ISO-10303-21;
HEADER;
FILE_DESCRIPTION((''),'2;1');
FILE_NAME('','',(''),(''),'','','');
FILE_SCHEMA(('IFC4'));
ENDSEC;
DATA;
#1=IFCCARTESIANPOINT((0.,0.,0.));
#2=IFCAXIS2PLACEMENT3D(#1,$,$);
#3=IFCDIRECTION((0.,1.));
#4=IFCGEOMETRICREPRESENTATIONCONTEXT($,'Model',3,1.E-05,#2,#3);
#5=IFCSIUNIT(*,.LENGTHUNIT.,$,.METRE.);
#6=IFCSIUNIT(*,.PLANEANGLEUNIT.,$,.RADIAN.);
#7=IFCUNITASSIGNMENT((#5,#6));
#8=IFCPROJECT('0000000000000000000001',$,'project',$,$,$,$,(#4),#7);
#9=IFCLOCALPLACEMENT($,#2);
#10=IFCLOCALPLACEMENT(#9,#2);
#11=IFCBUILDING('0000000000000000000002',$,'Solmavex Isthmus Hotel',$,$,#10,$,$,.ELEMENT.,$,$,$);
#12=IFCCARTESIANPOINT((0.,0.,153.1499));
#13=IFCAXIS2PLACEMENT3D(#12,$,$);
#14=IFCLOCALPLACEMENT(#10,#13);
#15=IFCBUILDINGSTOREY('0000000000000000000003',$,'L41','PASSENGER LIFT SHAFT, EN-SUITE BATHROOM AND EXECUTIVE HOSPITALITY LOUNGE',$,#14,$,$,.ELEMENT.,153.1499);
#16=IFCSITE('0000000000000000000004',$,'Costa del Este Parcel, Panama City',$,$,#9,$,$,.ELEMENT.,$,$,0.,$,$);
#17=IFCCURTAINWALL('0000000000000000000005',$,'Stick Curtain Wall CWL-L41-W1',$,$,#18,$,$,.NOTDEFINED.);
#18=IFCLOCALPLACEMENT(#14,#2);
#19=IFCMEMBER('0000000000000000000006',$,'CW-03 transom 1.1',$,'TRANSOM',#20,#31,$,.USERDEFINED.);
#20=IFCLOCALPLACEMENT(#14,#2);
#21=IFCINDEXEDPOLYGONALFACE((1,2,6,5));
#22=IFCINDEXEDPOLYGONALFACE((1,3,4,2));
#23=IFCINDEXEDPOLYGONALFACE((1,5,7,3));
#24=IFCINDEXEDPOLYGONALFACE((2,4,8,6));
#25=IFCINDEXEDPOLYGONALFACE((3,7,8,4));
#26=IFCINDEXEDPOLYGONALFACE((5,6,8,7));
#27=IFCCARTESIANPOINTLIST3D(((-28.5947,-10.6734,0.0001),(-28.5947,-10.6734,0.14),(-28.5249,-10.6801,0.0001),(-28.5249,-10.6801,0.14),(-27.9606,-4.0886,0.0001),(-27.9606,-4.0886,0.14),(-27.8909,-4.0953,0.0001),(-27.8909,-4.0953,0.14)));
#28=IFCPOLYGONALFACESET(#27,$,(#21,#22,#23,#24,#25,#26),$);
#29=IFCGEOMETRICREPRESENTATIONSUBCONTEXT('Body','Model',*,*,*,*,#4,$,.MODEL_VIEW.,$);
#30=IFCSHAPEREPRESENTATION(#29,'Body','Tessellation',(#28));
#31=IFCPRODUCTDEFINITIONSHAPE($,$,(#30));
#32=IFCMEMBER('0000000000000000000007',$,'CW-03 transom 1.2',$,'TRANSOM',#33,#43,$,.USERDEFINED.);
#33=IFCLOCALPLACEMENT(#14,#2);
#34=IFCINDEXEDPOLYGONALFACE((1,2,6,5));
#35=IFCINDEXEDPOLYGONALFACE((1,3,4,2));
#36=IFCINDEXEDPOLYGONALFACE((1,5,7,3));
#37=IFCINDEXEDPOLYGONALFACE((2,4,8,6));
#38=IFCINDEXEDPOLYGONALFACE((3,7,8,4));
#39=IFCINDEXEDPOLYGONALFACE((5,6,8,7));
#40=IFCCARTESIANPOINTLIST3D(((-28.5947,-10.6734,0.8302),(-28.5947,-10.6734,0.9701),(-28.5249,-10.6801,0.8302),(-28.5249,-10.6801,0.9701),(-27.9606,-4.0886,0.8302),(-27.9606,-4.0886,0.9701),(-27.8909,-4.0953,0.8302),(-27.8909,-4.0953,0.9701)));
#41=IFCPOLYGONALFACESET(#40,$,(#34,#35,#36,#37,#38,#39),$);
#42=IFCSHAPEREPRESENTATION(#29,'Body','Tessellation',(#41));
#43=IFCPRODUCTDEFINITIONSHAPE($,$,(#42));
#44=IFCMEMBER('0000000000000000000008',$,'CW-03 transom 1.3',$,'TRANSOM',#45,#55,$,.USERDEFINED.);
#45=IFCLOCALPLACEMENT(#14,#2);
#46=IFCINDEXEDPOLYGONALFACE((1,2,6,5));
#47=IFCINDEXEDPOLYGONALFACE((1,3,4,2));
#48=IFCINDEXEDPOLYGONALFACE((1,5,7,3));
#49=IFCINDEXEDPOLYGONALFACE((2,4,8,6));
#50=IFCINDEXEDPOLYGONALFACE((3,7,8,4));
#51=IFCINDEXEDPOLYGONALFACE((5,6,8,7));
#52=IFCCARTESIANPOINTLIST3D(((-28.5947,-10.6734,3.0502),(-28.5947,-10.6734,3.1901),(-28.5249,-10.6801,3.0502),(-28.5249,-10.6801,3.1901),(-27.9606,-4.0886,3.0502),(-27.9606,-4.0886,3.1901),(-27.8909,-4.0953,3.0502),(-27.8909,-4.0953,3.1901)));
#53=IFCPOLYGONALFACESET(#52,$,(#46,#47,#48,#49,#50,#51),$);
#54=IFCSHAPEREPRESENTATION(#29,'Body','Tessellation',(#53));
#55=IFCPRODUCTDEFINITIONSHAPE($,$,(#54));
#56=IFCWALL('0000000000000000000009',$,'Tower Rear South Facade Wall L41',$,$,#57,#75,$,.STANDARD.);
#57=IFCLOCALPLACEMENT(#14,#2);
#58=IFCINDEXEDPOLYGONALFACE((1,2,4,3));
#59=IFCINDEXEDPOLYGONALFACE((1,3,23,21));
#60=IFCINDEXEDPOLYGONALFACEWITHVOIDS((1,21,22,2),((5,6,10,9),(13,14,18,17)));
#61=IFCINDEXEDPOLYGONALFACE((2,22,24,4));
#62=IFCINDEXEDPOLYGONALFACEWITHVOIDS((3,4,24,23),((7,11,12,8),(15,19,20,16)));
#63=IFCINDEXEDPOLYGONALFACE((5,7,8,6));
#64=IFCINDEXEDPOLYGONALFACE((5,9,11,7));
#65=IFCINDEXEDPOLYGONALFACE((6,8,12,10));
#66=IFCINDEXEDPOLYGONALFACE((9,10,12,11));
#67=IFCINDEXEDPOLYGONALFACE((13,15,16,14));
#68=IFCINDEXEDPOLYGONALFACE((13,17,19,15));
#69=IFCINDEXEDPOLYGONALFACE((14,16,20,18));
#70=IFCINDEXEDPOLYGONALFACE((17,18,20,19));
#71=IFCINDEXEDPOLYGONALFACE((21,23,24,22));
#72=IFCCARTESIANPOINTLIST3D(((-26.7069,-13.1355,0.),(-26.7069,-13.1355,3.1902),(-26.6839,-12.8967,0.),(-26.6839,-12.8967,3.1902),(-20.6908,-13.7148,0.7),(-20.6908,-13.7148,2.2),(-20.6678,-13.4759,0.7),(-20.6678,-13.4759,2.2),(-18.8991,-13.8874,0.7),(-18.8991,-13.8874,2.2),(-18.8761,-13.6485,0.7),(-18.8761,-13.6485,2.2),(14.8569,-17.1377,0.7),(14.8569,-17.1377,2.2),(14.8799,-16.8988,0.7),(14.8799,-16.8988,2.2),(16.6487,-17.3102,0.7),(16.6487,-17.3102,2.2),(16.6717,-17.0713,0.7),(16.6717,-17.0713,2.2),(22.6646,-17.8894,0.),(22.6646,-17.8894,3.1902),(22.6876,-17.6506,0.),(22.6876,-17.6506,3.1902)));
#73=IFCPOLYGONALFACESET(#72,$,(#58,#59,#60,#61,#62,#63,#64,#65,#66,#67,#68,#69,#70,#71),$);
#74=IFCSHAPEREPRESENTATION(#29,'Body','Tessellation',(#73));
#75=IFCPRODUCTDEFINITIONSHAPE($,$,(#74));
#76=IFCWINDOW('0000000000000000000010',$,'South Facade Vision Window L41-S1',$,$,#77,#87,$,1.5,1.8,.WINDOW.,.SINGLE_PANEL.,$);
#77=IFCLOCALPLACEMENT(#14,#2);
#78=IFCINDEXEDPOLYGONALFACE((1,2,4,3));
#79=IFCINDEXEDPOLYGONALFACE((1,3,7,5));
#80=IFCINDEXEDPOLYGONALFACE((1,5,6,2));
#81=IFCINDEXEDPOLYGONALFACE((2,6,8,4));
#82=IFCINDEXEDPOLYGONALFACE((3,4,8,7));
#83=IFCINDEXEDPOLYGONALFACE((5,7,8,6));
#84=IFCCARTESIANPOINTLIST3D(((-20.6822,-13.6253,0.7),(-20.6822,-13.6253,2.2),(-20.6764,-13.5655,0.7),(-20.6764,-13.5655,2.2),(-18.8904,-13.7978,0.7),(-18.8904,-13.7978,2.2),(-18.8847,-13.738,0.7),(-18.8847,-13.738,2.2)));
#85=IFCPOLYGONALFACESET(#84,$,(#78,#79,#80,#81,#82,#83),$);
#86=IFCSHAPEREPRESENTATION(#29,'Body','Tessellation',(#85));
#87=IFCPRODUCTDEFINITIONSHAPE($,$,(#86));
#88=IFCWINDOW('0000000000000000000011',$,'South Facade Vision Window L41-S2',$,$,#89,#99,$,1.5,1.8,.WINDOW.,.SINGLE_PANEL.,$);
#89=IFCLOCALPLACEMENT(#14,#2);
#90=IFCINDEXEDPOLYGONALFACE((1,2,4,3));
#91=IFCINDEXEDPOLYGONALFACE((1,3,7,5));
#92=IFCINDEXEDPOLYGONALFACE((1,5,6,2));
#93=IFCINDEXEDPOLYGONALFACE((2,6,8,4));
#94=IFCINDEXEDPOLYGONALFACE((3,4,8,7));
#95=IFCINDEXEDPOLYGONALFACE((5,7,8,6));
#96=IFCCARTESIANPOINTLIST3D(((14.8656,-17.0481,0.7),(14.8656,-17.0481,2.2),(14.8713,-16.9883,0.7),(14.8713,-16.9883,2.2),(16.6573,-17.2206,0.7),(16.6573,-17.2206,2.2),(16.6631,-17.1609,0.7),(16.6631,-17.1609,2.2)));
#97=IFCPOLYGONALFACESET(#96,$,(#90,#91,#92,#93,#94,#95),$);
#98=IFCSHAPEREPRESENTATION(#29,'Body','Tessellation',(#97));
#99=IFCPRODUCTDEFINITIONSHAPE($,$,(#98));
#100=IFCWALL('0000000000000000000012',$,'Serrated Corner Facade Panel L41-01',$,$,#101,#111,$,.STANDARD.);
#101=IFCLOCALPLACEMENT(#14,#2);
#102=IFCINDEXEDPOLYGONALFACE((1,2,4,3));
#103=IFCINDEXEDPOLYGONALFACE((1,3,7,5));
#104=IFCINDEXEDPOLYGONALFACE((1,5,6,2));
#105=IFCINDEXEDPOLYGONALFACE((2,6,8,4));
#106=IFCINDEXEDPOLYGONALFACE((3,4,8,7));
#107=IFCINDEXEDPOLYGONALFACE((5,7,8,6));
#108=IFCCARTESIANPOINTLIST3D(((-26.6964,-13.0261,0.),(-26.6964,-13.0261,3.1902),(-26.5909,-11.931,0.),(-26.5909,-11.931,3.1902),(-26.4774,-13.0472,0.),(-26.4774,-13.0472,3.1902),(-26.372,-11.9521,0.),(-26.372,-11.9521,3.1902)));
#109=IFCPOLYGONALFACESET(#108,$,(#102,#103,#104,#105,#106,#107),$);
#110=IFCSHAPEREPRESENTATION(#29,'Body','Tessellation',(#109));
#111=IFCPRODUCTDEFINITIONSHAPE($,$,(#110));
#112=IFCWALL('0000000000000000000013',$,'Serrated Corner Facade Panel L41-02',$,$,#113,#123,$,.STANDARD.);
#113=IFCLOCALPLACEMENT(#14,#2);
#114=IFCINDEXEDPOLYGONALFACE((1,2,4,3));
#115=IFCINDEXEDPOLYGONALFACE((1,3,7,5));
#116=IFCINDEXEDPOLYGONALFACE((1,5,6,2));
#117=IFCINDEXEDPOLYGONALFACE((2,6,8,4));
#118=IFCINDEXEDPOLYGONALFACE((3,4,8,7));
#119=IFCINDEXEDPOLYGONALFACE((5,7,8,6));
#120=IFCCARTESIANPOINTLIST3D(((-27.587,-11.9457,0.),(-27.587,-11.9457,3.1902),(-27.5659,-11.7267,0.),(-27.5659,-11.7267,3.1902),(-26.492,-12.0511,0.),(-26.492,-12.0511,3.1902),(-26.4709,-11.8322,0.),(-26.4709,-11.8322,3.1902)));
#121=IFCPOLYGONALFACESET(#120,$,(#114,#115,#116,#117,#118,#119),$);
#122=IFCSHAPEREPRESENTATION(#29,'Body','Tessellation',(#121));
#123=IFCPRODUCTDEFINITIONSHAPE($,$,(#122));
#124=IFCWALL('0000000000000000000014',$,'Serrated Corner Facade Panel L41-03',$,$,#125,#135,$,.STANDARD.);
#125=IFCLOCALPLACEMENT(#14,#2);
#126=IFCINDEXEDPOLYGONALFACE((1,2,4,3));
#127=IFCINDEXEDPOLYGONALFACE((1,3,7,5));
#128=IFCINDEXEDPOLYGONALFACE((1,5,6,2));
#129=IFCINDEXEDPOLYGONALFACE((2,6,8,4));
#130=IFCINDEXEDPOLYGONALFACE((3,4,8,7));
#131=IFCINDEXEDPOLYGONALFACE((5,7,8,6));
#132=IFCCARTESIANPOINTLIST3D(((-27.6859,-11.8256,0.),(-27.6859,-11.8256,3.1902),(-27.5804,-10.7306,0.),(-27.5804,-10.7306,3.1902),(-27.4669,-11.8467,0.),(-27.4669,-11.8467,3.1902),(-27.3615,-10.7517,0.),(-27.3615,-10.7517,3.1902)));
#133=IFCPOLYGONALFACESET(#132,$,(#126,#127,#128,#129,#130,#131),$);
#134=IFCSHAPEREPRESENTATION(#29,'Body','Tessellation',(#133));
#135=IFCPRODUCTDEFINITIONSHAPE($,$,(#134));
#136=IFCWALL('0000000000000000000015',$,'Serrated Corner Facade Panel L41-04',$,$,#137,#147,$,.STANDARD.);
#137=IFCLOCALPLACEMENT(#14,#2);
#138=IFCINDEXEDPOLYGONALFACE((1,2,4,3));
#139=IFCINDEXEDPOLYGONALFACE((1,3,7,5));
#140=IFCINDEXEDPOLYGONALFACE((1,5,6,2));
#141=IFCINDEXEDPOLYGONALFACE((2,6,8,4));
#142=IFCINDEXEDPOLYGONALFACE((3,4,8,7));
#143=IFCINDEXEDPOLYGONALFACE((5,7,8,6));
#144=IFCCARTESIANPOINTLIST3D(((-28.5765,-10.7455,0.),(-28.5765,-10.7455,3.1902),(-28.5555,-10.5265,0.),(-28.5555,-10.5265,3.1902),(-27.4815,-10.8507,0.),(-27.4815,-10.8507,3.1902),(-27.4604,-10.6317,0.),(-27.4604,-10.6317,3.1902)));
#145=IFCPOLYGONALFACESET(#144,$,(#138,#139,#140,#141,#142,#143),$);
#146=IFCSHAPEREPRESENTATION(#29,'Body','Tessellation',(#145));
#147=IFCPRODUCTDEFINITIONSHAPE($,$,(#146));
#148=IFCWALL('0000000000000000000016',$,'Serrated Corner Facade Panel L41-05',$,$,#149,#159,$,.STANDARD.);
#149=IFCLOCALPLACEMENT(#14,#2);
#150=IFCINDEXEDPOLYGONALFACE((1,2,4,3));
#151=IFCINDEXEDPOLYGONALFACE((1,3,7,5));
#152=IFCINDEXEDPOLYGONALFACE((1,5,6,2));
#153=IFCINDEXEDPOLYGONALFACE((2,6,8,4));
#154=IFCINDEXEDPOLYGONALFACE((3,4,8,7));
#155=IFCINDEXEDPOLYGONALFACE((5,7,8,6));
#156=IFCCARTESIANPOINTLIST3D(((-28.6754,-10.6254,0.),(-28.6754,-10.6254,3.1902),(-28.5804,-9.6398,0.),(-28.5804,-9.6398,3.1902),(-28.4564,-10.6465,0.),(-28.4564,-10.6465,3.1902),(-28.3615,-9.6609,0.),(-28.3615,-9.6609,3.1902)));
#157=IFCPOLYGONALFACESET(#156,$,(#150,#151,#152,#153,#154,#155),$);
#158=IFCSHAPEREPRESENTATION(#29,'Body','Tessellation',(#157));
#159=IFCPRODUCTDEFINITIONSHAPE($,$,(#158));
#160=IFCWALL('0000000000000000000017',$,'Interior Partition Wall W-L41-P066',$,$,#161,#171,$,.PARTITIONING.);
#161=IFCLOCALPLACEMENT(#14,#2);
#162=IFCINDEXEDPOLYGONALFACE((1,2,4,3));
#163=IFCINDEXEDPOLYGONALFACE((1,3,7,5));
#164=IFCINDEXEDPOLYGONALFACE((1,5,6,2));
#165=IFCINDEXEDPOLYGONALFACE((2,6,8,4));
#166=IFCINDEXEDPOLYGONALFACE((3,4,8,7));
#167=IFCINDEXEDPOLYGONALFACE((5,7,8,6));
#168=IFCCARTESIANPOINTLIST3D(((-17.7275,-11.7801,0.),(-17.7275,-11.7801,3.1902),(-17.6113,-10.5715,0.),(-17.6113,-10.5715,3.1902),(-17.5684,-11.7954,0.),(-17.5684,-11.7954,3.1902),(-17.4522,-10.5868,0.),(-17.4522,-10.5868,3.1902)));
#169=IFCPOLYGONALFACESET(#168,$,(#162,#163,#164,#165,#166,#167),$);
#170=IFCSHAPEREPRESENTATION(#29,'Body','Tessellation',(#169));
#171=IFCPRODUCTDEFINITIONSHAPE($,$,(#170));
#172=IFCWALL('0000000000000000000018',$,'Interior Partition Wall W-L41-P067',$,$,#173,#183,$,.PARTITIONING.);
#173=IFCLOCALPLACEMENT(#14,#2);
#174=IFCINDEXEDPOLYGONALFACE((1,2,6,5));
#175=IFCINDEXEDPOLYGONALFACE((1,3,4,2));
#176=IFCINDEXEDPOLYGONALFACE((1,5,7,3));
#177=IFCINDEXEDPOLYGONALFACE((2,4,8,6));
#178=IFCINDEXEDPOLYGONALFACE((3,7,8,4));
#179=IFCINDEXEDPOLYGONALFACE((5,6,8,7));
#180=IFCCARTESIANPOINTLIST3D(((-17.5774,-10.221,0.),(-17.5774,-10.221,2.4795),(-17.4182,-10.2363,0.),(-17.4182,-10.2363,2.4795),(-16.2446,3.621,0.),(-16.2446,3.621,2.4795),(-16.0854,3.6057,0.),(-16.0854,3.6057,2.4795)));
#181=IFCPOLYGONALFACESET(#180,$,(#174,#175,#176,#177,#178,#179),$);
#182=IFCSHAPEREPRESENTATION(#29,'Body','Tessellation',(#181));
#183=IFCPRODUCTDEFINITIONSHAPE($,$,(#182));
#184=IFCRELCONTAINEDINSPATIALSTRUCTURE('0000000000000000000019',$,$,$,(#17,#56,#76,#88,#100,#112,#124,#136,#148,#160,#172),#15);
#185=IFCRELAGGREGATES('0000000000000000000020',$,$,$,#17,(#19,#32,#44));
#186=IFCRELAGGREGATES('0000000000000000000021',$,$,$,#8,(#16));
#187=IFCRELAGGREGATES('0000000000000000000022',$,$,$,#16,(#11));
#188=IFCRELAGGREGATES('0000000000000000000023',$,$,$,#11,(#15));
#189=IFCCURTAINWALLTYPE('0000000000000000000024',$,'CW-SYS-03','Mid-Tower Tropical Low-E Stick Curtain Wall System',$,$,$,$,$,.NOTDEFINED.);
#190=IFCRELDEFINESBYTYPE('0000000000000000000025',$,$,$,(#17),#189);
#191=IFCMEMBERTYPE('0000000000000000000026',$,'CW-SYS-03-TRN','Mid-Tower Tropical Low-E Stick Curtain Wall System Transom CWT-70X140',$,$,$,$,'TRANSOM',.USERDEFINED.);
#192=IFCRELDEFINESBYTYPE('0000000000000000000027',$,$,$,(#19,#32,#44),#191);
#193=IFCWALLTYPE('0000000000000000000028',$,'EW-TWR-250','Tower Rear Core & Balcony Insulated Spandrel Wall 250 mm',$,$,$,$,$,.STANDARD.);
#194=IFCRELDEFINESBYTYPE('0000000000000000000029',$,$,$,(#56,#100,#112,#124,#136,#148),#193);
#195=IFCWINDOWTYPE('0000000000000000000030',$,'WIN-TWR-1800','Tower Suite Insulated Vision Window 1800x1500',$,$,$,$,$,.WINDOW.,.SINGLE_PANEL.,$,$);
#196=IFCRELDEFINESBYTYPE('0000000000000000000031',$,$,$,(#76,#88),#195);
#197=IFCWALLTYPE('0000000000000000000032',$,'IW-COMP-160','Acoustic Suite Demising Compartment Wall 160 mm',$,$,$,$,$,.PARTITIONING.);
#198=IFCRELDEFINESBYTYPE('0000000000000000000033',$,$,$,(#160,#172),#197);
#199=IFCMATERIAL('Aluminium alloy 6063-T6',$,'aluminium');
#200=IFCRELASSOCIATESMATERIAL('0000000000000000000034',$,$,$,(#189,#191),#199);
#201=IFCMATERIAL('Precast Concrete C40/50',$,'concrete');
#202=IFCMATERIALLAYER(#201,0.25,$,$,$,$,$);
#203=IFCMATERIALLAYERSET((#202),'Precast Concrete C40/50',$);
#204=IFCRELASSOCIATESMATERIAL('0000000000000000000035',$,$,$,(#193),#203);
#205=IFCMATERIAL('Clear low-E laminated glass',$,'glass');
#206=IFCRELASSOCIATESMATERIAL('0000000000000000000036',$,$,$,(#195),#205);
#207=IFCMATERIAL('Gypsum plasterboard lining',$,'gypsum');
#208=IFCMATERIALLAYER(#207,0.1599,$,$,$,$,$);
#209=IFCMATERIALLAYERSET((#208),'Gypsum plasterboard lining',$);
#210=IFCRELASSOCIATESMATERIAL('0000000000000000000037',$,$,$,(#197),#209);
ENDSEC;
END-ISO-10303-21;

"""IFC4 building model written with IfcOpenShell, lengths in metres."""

from ifc_helpers import new_model, si_unit, direction, frame, frame_2d, origin, origin_2d, place, context, subcontext, project, spatial, rectangle, extrude, material, layer, layer_set, material_profile, profile_set, type_object, element, fill, aggregate, save


model = new_model("IFC4")

# Units and contexts
model_context = context("Model", 3, precision=1e-05, world=origin(), true_north=direction((0.0, 1.0)))
body_context = subcontext(model_context, "Body", "Model", "MODEL_VIEW")
ifc_project = project(units=[si_unit("LENGTHUNIT", "METRE"), si_unit("PLANEANGLEUNIT", "RADIAN")], contexts=[model_context])

# Site, building, storey
site_placement = place(None, origin())
site = spatial("IfcSite", under=ifc_project, at=site_placement, Name="Costa del Este Parcel, Panama City", CompositionType="ELEMENT", RefElevation=0.0)
building_placement = place(site_placement, origin())
building = spatial("IfcBuilding", under=site, at=building_placement, Name="Solmavex Isthmus Hotel", CompositionType="ELEMENT")
storey_placement = place(building_placement, frame((0.0, 0.0, 153.1499)))
storey = spatial("IfcBuildingStorey", under=building, at=storey_placement, Name="L41", Description="PASSENGER LIFT SHAFT, EN-SUITE BATHROOM AND EXECUTIVE HOSPITALITY LOUNGE", CompositionType="ELEMENT", Elevation=153.1499)

# Curtain wall, members
ifc_material_1 = material(Name="Aluminium alloy 6063-T6", Category="aluminium")
curtain_wall_type = type_object("IfcCurtainWallType", Name="CW-SYS-03", Description="Mid-Tower Tropical Low-E Stick Curtain Wall System", PredefinedType="NOTDEFINED", material=ifc_material_1)
curtain_wall_placement = place(storey_placement, origin())
curtain_wall = element("IfcCurtainWall", 1, at=curtain_wall_placement, inside=storey, type_object=curtain_wall_type, Name="Stick Curtain Wall CWL-L41-W1", PredefinedType="NOTDEFINED")
ifc_material_profile_1 = material_profile(ifc_material_1, rectangle(XDim=0.0701, YDim=0.1399, at=origin_2d()), Name="CWT-70X140")
ifc_profile_set_1 = profile_set([ifc_material_profile_1], Name="Aluminium alloy 6063-T6")
member_type_1 = type_object("IfcMemberType", Name="CW-SYS-03-TRN", Description="Mid-Tower Tropical Low-E Stick Curtain Wall System Transom CWT-70X140", ElementType="TRANSOM", PredefinedType="USERDEFINED", material=ifc_profile_set_1)
member_1_placement = place(storey_placement, frame((-28.5598, -10.6768, 0.0701), z_axis=(0.095845, 0.995396, 0.0), x_axis=(-0.995396, 0.095845, 0.0)))
member_1 = element("IfcMember", 2, at=member_1_placement, type_object=member_type_1, Name="CW-03 transom 1.1", ObjectType="TRANSOM", PredefinedType="USERDEFINED", context=body_context, shape_type="SweptSolid", body=[
    extrude(rectangle(XDim=0.0701, YDim=0.1399, at=origin_2d()), origin(), (0.0, 0.0, 1.0), 6.6152),
])
member_2_placement = place(storey_placement, frame((-28.5598, -10.6768, 0.9001), z_axis=(0.095845, 0.995396, 0.0), x_axis=(-0.995396, 0.095845, 0.0)))
member_2 = element("IfcMember", 3, at=member_2_placement, type_object=member_type_1, Name="CW-03 transom 1.2", ObjectType="TRANSOM", PredefinedType="USERDEFINED", context=body_context, shape_type="SweptSolid", body=[
    extrude(rectangle(XDim=0.0701, YDim=0.1399, at=origin_2d()), origin(), (0.0, 0.0, 1.0), 6.6152),
])
member_3_placement = place(storey_placement, frame((-28.5598, -10.6768, 3.1201), z_axis=(0.095845, 0.995396, 0.0), x_axis=(-0.995396, 0.095845, 0.0)))
member_3 = element("IfcMember", 4, at=member_3_placement, type_object=member_type_1, Name="CW-03 transom 1.3", ObjectType="TRANSOM", PredefinedType="USERDEFINED", context=body_context, shape_type="SweptSolid", body=[
    extrude(rectangle(XDim=0.0701, YDim=0.1399, at=origin_2d()), origin(), (0.0, 0.0, 1.0), 6.6152),
])
aggregate(curtain_wall, [member_1, member_2, member_3])

# Wall, openings, windows
ifc_material_2 = material(Name="Precast Concrete C40/50", Category="concrete")
ifc_layer_1 = layer(ifc_material_2, 0.25)
ifc_layer_set_1 = layer_set([ifc_layer_1], Name="Precast Concrete C40/50")
wall_type_1 = type_object("IfcWallType", Name="EW-TWR-250", Description="Tower Rear Core & Balcony Insulated Spandrel Wall 250 mm", PredefinedType="STANDARD", material=ifc_layer_set_1)
wall_1_placement = place(storey_placement, frame((-26.6953, -13.0161, 0.0), z_axis=(0.0, 0.0, 1.0), x_axis=(0.995396, -0.095845, 0.0)))
wall_1 = element("IfcWall", 5, at=wall_1_placement, inside=storey, type_object=wall_type_1, Name="Tower Rear South Facade Wall L41", PredefinedType="STANDARD", context=body_context, shape_type="SweptSolid", body=[
    extrude(rectangle(XDim=49.5999, YDim=0.24, at=frame_2d((24.7998, 0.0))), origin(), (0.0, 0.0, 1.0), 3.1902),
])
opening_1_placement = place(wall_1_placement, frame((6.0439, 0.0, 0.7)))
opening_1 = element("IfcOpeningElement", 6, at=opening_1_placement, cuts=wall_1, PredefinedType="OPENING", context=body_context, shape_type="SweptSolid", body=[
    extrude(rectangle(XDim=1.8, YDim=1.5, at=frame_2d((0.8999, 0.75))), frame((0.0, 0.1299, 0.0), z_axis=(0.0, -1.0, 0.0), x_axis=(1.0, 0.0, 0.0)), (0.0, 0.0, 1.0), 0.26),
])
opening_2_placement = place(wall_1_placement, frame((41.7561, 0.0, 0.7)))
opening_2 = element("IfcOpeningElement", 7, at=opening_2_placement, cuts=wall_1, PredefinedType="OPENING", context=body_context, shape_type="SweptSolid", body=[
    extrude(rectangle(XDim=1.8, YDim=1.5, at=frame_2d((0.8999, 0.75))), frame((0.0, 0.1299, 0.0), z_axis=(0.0, -1.0, 0.0), x_axis=(1.0, 0.0, 0.0)), (0.0, 0.0, 1.0), 0.26),
])
ifc_material_3 = material(Name="Clear low-E laminated glass", Category="glass")
window_type = type_object("IfcWindowType", Name="WIN-TWR-1800", Description="Tower Suite Insulated Vision Window 1800x1500", PartitioningType="SINGLE_PANEL", PredefinedType="WINDOW", material=ifc_material_3)
window_1_placement = place(opening_1_placement, origin())
window_1 = element("IfcWindow", 8, at=window_1_placement, inside=storey, type_object=window_type, Name="South Facade Vision Window L41-S1", OverallHeight=1.5, OverallWidth=1.8, PartitioningType="SINGLE_PANEL", PredefinedType="WINDOW", context=body_context, shape_type="SweptSolid", body=[
    extrude(rectangle(XDim=1.8, YDim=1.5, at=frame_2d((0.8999, 0.75))), frame((0.0, 0.03, 0.0), z_axis=(0.0, -1.0, 0.0), x_axis=(1.0, 0.0, 0.0)), (0.0, 0.0, 1.0), 0.0601),
])
fill(opening_1, window_1)
window_2_placement = place(opening_2_placement, origin())
window_2 = element("IfcWindow", 9, at=window_2_placement, inside=storey, type_object=window_type, Name="South Facade Vision Window L41-S2", OverallHeight=1.5, OverallWidth=1.8, PartitioningType="SINGLE_PANEL", PredefinedType="WINDOW", context=body_context, shape_type="SweptSolid", body=[
    extrude(rectangle(XDim=1.8, YDim=1.5, at=frame_2d((0.8999, 0.75))), frame((0.0, 0.03, 0.0), z_axis=(0.0, -1.0, 0.0), x_axis=(1.0, 0.0, 0.0)), (0.0, 0.0, 1.0), 0.0601),
])
fill(opening_2, window_2)

# Walls
for number, where, z_axis, x_axis, name in (
    (10, (-26.5869, -13.0366, 0.0), (0.0, 0.0, 1.0), (0.095877, 0.995393, 0.0), "Serrated Corner Facade Panel L41-01"),
    (11, (-26.4814, -11.9417, 0.0), (0.0, 0.0, 1.0), (-0.995393, 0.095877, 0.0), "Serrated Corner Facade Panel L41-02"),
    (12, (-27.5764, -11.8362, 0.0), (0.0, 0.0, 1.0), (0.095877, 0.995393, 0.0), "Serrated Corner Facade Panel L41-03"),
    (13, (-27.4709, -10.7412, 0.0), (0.0, 0.0, 1.0), (-0.995414, 0.095657, 0.0), "Serrated Corner Facade Panel L41-04"),
):
    element("IfcWall", number, at=place(storey_placement, frame(where, z_axis=z_axis, x_axis=x_axis)), inside=storey, type_object=wall_type_1, Name=name, PredefinedType="STANDARD", context=body_context, shape_type="SweptSolid", body=[
        extrude(rectangle(XDim=1.1001, YDim=0.22, at=frame_2d((0.55, 0.0))), origin(), (0.0, 0.0, 1.0), 3.1902),
    ])
wall_2_placement = place(storey_placement, frame((-28.5659, -10.636, 0.0), z_axis=(0.0, 0.0, 1.0), x_axis=(0.095914, 0.99539, 0.0)))
element("IfcWall", 14, at=wall_2_placement, inside=storey, type_object=wall_type_1, Name="Serrated Corner Facade Panel L41-05", PredefinedType="STANDARD", context=body_context, shape_type="SweptSolid", body=[
    extrude(rectangle(XDim=0.9902, YDim=0.22, at=frame_2d((0.4951, 0.0))), origin(), (0.0, 0.0, 1.0), 3.1902),
])
ifc_material_4 = material(Name="Gypsum plasterboard lining", Category="gypsum")
ifc_layer_2 = layer(ifc_material_4, 0.1599)
ifc_layer_set_2 = layer_set([ifc_layer_2], Name="Gypsum plasterboard lining")
wall_type_2 = type_object("IfcWallType", Name="IW-COMP-160", Description="Acoustic Suite Demising Compartment Wall 160 mm", PredefinedType="PARTITIONING", material=ifc_layer_set_2)
wall_3_placement = place(storey_placement, frame((-17.6479, -11.7876, 0.0), z_axis=(0.0, 0.0, 1.0), x_axis=(0.09572, 0.995408, 0.0)))
element("IfcWall", 15, at=wall_3_placement, inside=storey, type_object=wall_type_2, Name="Interior Partition Wall W-L41-P066", PredefinedType="PARTITIONING", context=body_context, shape_type="SweptSolid", body=[
    extrude(rectangle(XDim=1.2141, YDim=0.1599, at=frame_2d((0.6069, 0.0))), origin(), (0.0, 0.0, 1.0), 3.1902),
])
wall_4_placement = place(storey_placement, frame((-17.4978, -10.2288, 0.0), z_axis=(0.0, 0.0, 1.0), x_axis=(0.095841, 0.995397, 0.0)))
element("IfcWall", 16, at=wall_4_placement, inside=storey, type_object=wall_type_2, Name="Interior Partition Wall W-L41-P067", PredefinedType="PARTITIONING", context=body_context, shape_type="SweptSolid", body=[
    extrude(rectangle(XDim=13.906, YDim=0.1599, at=frame_2d((6.9531, 0.0))), origin(), (0.0, 0.0, 1.0), 2.4795),
])

save(model, "model.ifc")
